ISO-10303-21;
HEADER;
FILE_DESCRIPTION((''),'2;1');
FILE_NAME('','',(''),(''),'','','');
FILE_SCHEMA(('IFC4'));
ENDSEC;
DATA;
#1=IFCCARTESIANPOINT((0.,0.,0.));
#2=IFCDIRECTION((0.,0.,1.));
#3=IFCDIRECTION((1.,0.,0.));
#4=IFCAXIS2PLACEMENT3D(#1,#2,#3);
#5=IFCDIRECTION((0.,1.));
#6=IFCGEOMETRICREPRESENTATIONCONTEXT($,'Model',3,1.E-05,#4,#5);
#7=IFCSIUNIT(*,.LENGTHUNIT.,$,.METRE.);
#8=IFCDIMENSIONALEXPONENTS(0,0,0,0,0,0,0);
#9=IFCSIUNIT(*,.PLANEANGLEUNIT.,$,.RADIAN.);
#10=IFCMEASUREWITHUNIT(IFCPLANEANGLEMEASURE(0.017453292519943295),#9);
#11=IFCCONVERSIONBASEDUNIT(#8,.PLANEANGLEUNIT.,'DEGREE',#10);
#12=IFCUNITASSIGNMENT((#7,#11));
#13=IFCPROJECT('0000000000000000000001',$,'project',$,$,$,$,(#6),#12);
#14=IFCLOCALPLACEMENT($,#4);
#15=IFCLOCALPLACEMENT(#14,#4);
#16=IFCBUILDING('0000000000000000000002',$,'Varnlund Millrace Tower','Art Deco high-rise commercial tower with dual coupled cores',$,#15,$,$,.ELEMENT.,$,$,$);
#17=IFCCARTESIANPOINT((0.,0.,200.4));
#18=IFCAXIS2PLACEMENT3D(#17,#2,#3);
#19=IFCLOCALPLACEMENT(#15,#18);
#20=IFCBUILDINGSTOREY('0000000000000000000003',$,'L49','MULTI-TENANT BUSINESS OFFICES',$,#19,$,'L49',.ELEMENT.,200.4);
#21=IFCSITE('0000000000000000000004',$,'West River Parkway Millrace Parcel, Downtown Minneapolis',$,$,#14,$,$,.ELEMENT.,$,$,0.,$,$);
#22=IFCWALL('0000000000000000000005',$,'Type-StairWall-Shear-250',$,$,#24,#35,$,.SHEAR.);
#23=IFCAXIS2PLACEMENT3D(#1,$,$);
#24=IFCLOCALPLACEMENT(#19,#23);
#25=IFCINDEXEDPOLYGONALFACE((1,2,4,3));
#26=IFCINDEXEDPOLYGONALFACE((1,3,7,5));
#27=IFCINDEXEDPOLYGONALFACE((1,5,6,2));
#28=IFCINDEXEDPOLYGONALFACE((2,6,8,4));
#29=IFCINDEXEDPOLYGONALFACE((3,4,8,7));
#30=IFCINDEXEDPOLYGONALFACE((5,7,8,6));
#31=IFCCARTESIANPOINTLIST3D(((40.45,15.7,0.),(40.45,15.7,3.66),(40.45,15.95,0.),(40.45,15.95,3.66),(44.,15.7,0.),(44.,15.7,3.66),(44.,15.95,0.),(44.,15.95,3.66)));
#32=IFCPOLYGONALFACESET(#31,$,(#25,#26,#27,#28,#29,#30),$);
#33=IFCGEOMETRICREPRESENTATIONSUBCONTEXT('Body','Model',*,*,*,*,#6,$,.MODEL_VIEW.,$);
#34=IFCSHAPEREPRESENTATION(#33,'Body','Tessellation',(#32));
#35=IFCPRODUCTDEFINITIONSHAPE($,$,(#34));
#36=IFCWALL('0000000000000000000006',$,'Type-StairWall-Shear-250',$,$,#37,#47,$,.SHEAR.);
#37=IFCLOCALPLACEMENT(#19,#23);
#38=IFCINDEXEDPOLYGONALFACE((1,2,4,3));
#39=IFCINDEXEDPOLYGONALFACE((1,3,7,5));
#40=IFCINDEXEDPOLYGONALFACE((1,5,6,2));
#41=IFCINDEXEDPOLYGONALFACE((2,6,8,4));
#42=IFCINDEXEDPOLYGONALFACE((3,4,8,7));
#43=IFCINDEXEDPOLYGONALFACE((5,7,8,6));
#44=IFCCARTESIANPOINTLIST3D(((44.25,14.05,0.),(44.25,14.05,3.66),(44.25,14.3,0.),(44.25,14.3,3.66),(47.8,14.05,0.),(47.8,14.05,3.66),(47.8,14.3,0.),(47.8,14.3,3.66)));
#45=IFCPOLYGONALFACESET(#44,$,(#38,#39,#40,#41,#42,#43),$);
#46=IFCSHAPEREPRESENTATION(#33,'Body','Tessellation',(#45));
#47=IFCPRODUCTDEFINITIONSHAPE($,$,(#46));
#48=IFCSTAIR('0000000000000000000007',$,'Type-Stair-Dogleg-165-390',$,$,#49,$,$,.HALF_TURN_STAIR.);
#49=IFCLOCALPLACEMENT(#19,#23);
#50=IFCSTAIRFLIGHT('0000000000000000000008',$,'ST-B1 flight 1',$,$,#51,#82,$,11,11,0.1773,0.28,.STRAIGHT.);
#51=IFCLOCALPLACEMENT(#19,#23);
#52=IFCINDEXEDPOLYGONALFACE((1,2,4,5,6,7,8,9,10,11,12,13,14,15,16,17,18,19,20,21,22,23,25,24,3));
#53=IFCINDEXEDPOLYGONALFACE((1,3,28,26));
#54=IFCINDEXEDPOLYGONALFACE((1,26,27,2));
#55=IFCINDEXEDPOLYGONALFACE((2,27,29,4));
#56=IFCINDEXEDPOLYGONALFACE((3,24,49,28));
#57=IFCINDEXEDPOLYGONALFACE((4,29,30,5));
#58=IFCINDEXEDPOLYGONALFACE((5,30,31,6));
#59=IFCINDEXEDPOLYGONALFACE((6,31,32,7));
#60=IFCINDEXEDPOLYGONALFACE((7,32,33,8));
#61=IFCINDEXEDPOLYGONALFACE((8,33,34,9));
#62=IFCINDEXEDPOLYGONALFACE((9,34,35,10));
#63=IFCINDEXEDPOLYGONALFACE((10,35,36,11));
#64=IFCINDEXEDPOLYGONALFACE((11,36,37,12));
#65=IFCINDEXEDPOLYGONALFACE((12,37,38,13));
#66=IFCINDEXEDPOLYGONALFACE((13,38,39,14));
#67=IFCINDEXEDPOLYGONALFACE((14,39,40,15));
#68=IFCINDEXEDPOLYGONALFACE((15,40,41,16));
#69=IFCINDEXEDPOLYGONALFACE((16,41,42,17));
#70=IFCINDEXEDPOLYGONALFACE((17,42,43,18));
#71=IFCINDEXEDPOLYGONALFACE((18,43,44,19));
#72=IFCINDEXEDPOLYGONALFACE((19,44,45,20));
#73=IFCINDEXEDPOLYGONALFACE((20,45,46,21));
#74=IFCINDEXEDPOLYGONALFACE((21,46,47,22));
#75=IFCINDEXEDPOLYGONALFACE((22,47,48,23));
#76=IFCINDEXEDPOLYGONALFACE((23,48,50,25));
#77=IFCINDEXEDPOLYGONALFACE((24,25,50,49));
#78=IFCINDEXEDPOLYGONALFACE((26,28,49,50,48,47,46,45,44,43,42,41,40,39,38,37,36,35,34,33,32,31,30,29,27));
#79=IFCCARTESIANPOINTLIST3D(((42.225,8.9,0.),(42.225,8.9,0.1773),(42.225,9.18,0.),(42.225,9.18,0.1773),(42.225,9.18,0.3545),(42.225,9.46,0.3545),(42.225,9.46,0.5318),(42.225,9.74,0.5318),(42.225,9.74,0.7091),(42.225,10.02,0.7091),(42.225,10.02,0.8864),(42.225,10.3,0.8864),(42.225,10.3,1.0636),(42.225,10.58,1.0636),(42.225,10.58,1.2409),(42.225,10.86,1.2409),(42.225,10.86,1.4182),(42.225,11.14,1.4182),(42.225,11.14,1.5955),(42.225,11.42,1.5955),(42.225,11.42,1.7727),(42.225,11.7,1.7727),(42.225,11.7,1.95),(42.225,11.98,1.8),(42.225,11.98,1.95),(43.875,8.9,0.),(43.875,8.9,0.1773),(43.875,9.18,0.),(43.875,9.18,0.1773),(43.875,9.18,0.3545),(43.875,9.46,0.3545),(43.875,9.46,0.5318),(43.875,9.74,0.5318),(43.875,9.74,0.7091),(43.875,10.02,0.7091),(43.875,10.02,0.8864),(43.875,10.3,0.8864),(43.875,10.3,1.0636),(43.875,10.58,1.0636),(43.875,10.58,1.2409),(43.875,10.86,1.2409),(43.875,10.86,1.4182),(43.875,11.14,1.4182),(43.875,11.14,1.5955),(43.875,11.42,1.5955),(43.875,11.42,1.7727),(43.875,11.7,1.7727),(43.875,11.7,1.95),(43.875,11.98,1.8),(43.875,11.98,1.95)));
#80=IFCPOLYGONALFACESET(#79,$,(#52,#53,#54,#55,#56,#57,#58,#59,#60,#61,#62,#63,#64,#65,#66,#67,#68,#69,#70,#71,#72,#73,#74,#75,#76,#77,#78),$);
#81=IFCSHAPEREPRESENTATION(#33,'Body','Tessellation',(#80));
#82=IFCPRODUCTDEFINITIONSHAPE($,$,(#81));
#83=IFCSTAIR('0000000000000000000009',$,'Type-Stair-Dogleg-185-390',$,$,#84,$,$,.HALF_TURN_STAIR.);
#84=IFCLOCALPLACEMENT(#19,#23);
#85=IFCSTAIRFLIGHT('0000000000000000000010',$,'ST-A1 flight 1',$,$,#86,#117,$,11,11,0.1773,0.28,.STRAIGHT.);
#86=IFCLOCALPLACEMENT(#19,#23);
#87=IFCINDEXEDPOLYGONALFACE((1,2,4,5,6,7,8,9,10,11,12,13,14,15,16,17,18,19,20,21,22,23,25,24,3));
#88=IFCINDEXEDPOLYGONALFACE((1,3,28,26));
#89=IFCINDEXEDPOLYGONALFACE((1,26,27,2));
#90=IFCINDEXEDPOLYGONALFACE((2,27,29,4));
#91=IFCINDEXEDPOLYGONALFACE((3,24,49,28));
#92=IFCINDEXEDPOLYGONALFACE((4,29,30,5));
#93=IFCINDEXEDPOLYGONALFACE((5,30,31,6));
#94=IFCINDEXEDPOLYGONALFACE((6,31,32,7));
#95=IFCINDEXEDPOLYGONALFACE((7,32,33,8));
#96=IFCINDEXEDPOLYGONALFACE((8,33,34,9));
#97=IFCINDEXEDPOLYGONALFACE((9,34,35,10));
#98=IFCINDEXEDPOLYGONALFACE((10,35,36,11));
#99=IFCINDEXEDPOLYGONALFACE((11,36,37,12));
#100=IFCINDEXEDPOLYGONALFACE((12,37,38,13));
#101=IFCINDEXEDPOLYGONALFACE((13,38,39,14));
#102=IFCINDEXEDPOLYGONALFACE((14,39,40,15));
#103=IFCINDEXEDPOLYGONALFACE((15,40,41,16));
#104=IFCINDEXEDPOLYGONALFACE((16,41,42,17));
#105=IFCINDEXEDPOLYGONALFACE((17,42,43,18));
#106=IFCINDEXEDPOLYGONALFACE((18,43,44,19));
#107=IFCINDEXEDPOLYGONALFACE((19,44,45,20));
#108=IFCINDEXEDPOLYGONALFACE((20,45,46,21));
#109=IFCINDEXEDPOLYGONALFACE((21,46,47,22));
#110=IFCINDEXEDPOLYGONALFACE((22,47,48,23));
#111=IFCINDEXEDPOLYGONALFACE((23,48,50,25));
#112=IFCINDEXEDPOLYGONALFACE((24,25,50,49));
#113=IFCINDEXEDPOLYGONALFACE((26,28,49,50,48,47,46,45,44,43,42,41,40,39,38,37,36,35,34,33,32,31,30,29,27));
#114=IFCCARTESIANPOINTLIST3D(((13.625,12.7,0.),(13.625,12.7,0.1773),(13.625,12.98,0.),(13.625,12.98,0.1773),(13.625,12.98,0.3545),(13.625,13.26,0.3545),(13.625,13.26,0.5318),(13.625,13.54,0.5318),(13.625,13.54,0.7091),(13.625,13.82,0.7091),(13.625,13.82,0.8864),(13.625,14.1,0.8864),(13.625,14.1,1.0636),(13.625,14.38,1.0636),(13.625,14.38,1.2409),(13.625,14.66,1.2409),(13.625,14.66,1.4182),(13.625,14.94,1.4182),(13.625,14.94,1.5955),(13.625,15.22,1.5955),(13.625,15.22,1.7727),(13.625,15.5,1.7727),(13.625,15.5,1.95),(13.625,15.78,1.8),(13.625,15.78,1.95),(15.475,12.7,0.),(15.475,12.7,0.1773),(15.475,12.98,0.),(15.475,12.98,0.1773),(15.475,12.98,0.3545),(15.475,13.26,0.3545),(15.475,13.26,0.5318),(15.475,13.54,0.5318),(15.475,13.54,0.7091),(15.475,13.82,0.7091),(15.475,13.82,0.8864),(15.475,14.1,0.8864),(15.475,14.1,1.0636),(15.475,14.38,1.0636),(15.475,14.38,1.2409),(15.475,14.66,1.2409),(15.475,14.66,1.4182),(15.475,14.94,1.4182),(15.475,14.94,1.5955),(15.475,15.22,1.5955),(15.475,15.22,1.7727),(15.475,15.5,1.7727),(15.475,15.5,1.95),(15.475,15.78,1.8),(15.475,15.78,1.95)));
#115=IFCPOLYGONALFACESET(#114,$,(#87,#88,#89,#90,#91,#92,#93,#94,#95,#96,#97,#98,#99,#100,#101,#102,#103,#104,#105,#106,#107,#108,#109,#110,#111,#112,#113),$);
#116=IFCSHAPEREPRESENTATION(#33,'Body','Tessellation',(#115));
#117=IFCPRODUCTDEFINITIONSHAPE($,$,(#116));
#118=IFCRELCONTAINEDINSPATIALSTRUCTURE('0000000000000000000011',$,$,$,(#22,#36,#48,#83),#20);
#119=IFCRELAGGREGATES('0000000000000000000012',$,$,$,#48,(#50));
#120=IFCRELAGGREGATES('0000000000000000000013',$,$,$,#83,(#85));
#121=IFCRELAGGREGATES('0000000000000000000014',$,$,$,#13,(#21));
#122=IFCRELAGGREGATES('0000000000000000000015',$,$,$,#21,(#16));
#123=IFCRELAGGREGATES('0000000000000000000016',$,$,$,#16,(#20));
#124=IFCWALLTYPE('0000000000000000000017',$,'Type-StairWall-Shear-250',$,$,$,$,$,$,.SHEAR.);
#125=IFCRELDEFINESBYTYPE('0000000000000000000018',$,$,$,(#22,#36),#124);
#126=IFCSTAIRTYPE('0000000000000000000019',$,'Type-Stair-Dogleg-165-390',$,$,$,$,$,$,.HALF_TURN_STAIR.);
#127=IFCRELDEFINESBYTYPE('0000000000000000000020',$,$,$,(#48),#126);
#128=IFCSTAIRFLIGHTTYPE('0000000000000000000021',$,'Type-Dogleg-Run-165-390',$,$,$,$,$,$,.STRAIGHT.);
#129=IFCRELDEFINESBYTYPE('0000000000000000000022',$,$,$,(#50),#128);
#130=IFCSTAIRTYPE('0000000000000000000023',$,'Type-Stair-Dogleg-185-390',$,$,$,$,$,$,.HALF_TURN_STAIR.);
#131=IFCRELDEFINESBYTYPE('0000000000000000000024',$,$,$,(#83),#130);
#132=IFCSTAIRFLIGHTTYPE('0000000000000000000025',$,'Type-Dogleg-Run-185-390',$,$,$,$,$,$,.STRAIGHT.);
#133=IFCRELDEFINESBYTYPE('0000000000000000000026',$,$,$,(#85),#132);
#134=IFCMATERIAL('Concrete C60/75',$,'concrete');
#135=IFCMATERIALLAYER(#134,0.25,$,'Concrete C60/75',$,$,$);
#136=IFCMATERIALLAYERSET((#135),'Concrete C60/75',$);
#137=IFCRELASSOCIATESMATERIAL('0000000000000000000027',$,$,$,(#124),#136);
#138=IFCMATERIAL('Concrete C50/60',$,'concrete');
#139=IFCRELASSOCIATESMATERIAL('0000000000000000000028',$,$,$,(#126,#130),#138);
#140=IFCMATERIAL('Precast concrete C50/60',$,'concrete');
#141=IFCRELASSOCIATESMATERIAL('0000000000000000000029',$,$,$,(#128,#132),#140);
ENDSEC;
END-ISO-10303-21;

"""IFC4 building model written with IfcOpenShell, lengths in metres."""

from ifc_helpers import new_model, entity, si_unit, converted_unit, direction, frame, origin_with_axes, place, context, subcontext, project, spatial, polyline, outline, extrude, material, layer, layer_set, type_object, element, aggregate, save


model = new_model("IFC4")

# Units and contexts
model_context = context("Model", 3, precision=1e-05, world=origin_with_axes(), true_north=direction((0.0, 1.0)))
body_context = subcontext(model_context, "Body", "Model", "MODEL_VIEW")
ifc_project = project(units=[si_unit("LENGTHUNIT", "METRE"), converted_unit("PLANEANGLEUNIT", "DEGREE", entity("IfcPlaneAngleMeasure", 0.017453292519943295), si_unit("PLANEANGLEUNIT", "RADIAN"), dimensions=[0, 0, 0, 0, 0, 0, 0])], contexts=[model_context])

# Site, building, storey
site_placement = place(None, origin_with_axes())
site = spatial("IfcSite", under=ifc_project, at=site_placement, Name="West River Parkway Millrace Parcel, Downtown Minneapolis", CompositionType="ELEMENT", RefElevation=0.0)
building_placement = place(site_placement, origin_with_axes())
building = spatial("IfcBuilding", under=site, at=building_placement, Name="Varnlund Millrace Tower", Description="Art Deco high-rise commercial tower with dual coupled cores", CompositionType="ELEMENT")
storey_placement = place(building_placement, frame((0.0, 0.0, 200.4), z_axis=(0.0, 0.0, 1.0), x_axis=(1.0, 0.0, 0.0)))
storey = spatial("IfcBuildingStorey", under=building, at=storey_placement, Name="L49", Description="MULTI-TENANT BUSINESS OFFICES", LongName="L49", CompositionType="ELEMENT", Elevation=200.4)

# Shared definitions
ifc_material_1 = material(Name="Concrete C60/75", Category="concrete")
ifc_layer_1 = layer(ifc_material_1, 0.25, Name="Concrete C60/75")
ifc_layer_set_1 = layer_set([ifc_layer_1], Name="Concrete C60/75")

# Walls
wall_type_1 = type_object("IfcWallType", Name="Type-StairWall-Shear-250", PredefinedType="SHEAR", material=ifc_layer_set_1)
for number, where, z_axis, x_axis, name in (
    (1, (40.45, 15.825, 0.0), (0.0, 0.0, 1.0), (1.0, 0.0, 0.0), "Type-StairWall-Shear-250"),
    (2, (44.25, 14.175, 0.0), (0.0, 0.0, 1.0), (1.0, 0.0, 0.0), "Type-StairWall-Shear-250"),
):
    element("IfcWall", number, at=place(storey_placement, frame(where, z_axis=z_axis, x_axis=x_axis)), inside=storey, type_object=wall_type_1, Name=name, PredefinedType="SHEAR", context=body_context, shape_type="SweptSolid", body=[
        extrude(outline(polyline([(0.0, -0.125), (3.55, -0.125), (3.55, 0.125), (0.0, 0.125), (0.0, -0.125)])), origin_with_axes(), (0.0, 0.0, 1.0), 3.66),
    ])

# Stairs, stair flights
ifc_material_2 = material(Name="Concrete C50/60", Category="concrete")
stair_type_1 = type_object("IfcStairType", Name="Type-Stair-Dogleg-165-390", PredefinedType="HALF_TURN_STAIR", material=ifc_material_2)
stair_1_placement = place(storey_placement, origin_with_axes())
stair_1 = element("IfcStair", 3, at=stair_1_placement, inside=storey, type_object=stair_type_1, Name="Type-Stair-Dogleg-165-390", PredefinedType="HALF_TURN_STAIR")
ifc_material_3 = material(Name="Precast concrete C50/60", Category="concrete")
stair_flight_type_1 = type_object("IfcStairFlightType", Name="Type-Dogleg-Run-165-390", PredefinedType="STRAIGHT", material=ifc_material_3)
stair_flight_1_placement = place(storey_placement, frame((42.225, 8.9, 0.0), z_axis=(1.0, 0.0, 0.0), x_axis=(0.0, 1.0, 0.0)))
stair_flight_1 = element("IfcStairFlight", 4, at=stair_flight_1_placement, type_object=stair_flight_type_1, Name="ST-B1 flight 1", NumberOfRisers=11, NumberOfTreads=11, PredefinedType="STRAIGHT", RiserHeight=0.1773, TreadLength=0.28, context=body_context, shape_type="SweptSolid", body=[
    extrude(outline(polyline([(0.0, 0.0), (0.0, 0.1773), (0.28, 0.1773), (0.28, 0.3545), (0.56, 0.3545), (0.56, 0.5318), (0.84, 0.5318), (0.84, 0.7091), (1.12, 0.7091), (1.12, 0.8864), (1.4, 0.8864), (1.4, 1.0636), (1.68, 1.0636), (1.68, 1.2409), (1.96, 1.2409), (1.96, 1.4182), (2.24, 1.4182), (2.24, 1.5955), (2.52, 1.5955), (2.52, 1.7727), (2.8, 1.7727), (2.8, 1.95), (3.08, 1.95), (3.08, 1.8), (0.28, 0.0), (0.0, 0.0)])), origin_with_axes(), (0.0, 0.0, 1.0), 1.65),
])
aggregate(stair_1, [stair_flight_1])
stair_type_2 = type_object("IfcStairType", Name="Type-Stair-Dogleg-185-390", PredefinedType="HALF_TURN_STAIR", material=ifc_material_2)
stair_2_placement = place(storey_placement, origin_with_axes())
stair_2 = element("IfcStair", 5, at=stair_2_placement, inside=storey, type_object=stair_type_2, Name="Type-Stair-Dogleg-185-390", PredefinedType="HALF_TURN_STAIR")
stair_flight_type_2 = type_object("IfcStairFlightType", Name="Type-Dogleg-Run-185-390", PredefinedType="STRAIGHT", material=ifc_material_3)
stair_flight_2_placement = place(storey_placement, frame((13.625, 12.7, 0.0), z_axis=(1.0, 0.0, 0.0), x_axis=(0.0, 1.0, 0.0)))
stair_flight_2 = element("IfcStairFlight", 6, at=stair_flight_2_placement, type_object=stair_flight_type_2, Name="ST-A1 flight 1", NumberOfRisers=11, NumberOfTreads=11, PredefinedType="STRAIGHT", RiserHeight=0.1773, TreadLength=0.28, context=body_context, shape_type="SweptSolid", body=[
    extrude(outline(polyline([(0.0, 0.0), (0.0, 0.1773), (0.28, 0.1773), (0.28, 0.3545), (0.56, 0.3545), (0.56, 0.5318), (0.84, 0.5318), (0.84, 0.7091), (1.12, 0.7091), (1.12, 0.8864), (1.4, 0.8864), (1.4, 1.0636), (1.68, 1.0636), (1.68, 1.2409), (1.96, 1.2409), (1.96, 1.4182), (2.24, 1.4182), (2.24, 1.5955), (2.52, 1.5955), (2.52, 1.7727), (2.8, 1.7727), (2.8, 1.95), (3.08, 1.95), (3.08, 1.8), (0.28, 0.0), (0.0, 0.0)])), origin_with_axes(), (0.0, 0.0, 1.0), 1.85),
])
aggregate(stair_2, [stair_flight_2])

save(model, "model.ifc")
